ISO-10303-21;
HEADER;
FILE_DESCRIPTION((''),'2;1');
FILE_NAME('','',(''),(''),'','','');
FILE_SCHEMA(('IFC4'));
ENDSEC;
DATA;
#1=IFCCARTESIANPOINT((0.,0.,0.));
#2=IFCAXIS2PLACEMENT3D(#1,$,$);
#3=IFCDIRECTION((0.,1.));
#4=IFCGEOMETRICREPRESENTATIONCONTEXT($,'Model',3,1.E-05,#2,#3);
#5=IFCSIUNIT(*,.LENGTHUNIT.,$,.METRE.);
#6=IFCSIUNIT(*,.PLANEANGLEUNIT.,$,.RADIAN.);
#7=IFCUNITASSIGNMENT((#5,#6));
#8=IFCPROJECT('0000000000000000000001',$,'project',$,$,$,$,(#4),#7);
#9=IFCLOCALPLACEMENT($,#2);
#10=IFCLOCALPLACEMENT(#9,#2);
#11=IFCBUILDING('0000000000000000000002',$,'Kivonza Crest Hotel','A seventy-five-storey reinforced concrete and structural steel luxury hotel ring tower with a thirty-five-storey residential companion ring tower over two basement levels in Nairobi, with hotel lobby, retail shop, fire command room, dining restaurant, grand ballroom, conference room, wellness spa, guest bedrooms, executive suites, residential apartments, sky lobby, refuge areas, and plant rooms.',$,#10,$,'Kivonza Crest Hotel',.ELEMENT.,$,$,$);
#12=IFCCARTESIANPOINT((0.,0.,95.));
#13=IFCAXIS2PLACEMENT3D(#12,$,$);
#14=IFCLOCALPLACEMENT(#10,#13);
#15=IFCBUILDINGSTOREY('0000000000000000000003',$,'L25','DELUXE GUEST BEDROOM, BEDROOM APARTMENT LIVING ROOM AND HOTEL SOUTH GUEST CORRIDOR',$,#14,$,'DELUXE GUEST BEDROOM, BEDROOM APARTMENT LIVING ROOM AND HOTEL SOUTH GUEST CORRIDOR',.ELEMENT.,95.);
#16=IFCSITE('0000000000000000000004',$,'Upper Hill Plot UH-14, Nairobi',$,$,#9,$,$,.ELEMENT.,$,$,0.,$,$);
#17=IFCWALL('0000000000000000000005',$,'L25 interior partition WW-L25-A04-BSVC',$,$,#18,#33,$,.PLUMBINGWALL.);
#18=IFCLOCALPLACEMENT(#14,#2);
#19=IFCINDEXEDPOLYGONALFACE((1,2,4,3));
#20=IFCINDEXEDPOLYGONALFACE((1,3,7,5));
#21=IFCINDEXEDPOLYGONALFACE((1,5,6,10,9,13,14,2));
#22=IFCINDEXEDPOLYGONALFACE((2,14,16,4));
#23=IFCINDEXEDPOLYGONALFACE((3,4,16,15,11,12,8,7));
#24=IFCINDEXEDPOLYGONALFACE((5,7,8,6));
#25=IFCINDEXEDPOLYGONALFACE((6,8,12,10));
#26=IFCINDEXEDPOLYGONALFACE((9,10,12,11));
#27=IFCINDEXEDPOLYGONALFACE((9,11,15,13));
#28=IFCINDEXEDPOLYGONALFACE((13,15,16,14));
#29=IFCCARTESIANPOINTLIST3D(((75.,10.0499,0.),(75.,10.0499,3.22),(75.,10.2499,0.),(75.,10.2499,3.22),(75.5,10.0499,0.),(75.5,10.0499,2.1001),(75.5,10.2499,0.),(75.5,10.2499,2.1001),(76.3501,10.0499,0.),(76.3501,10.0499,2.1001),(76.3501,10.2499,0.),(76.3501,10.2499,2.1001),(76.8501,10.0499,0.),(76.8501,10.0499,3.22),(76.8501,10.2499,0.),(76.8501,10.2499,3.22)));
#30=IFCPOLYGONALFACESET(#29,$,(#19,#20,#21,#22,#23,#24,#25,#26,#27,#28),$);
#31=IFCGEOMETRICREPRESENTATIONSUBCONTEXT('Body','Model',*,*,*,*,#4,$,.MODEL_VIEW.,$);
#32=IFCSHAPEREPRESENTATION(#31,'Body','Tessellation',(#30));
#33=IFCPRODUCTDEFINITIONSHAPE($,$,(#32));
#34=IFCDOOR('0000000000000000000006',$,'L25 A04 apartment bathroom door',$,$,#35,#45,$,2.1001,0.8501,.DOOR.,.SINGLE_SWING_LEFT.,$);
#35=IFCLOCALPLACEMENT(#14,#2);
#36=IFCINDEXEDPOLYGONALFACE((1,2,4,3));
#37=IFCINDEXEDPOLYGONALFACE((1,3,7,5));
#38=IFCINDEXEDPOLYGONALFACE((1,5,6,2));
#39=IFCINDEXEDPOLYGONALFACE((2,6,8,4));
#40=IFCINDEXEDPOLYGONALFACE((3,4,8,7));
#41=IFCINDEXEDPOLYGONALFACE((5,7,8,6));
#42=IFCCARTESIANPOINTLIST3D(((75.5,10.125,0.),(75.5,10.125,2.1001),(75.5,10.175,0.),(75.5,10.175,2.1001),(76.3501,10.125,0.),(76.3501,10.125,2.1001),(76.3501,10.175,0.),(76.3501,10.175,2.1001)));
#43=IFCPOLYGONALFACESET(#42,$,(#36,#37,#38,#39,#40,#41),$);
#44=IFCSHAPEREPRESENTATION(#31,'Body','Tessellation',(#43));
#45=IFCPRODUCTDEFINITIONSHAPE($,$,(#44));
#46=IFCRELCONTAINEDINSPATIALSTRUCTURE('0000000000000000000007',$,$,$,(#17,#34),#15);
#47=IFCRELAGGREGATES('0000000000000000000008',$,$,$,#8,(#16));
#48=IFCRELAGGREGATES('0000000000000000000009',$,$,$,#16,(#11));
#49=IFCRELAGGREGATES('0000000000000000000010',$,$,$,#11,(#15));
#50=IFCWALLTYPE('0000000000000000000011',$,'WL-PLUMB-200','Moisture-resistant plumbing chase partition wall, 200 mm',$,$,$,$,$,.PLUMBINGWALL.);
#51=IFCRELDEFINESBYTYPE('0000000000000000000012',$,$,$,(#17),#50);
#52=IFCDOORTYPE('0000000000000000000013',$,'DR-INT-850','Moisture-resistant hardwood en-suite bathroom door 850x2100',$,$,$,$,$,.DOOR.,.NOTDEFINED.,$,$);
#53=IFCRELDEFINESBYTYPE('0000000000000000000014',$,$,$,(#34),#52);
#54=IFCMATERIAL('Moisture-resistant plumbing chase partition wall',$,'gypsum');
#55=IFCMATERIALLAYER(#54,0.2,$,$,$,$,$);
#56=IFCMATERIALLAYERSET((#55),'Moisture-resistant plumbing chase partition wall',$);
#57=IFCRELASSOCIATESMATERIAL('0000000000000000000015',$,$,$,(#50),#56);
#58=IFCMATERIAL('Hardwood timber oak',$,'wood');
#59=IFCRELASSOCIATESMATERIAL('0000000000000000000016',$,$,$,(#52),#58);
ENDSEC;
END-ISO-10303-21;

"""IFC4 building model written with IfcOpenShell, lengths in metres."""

from ifc_helpers import new_model, si_unit, direction, frame, frame_2d, origin, place, context, subcontext, project, spatial, rectangle, extrude, material, layer, layer_set, type_object, element, fill, save


model = new_model("IFC4")

# Units and contexts
model_context = context("Model", 3, precision=1e-05, world=origin(), true_north=direction((0.0, 1.0)))
body_context = subcontext(model_context, "Body", "Model", "MODEL_VIEW")
ifc_project = project(units=[si_unit("LENGTHUNIT", "METRE"), si_unit("PLANEANGLEUNIT", "RADIAN")], contexts=[model_context])

# Site, building, storey
site_placement = place(None, origin())
site = spatial("IfcSite", under=ifc_project, at=site_placement, Name="Upper Hill Plot UH-14, Nairobi", CompositionType="ELEMENT", RefElevation=0.0)
building_placement = place(site_placement, origin())
building = spatial("IfcBuilding", under=site, at=building_placement, Name="Kivonza Crest Hotel", Description="A seventy-five-storey reinforced concrete and structural steel luxury hotel ring tower with a thirty-five-storey residential companion ring tower over two basement levels in Nairobi, with hotel lobby, retail shop, fire command room, dining restaurant, grand ballroom, conference room, wellness spa, guest bedrooms, executive suites, residential apartments, sky lobby, refuge areas, and plant rooms.", LongName="Kivonza Crest Hotel", CompositionType="ELEMENT")
storey_placement = place(building_placement, frame((0.0, 0.0, 95.0)))
storey = spatial("IfcBuildingStorey", under=building, at=storey_placement, Name="L25", Description="DELUXE GUEST BEDROOM, BEDROOM APARTMENT LIVING ROOM AND HOTEL SOUTH GUEST CORRIDOR", LongName="DELUXE GUEST BEDROOM, BEDROOM APARTMENT LIVING ROOM AND HOTEL SOUTH GUEST CORRIDOR", CompositionType="ELEMENT", Elevation=95.0)

# Shared definitions
ifc_material_1 = material(Name="Hardwood timber oak", Category="wood")

# Shared definitions
ifc_material_2 = material(Name="Moisture-resistant plumbing chase partition wall", Category="gypsum")
ifc_layer_1 = layer(ifc_material_2, 0.2)
ifc_layer_set_1 = layer_set([ifc_layer_1], Name="Moisture-resistant plumbing chase partition wall")
wall_type_1 = type_object("IfcWallType", Name="WL-PLUMB-200", Description="Moisture-resistant plumbing chase partition wall, 200 mm", PredefinedType="PLUMBINGWALL", material=ifc_layer_set_1)

# Wall, opening, door
wall_1_placement = place(storey_placement, frame((75.0, 10.1499, 0.0), z_axis=(0.0, 0.0, 1.0), x_axis=(1.0, 0.0, 0.0)))
wall_1 = element("IfcWall", 1, at=wall_1_placement, inside=storey, type_object=wall_type_1, Name="L25 interior partition WW-L25-A04-BSVC", PredefinedType="PLUMBINGWALL", context=body_context, shape_type="SweptSolid", body=[
    extrude(rectangle(XDim=1.8501, YDim=0.2, at=frame_2d((0.925, 0.0))), origin(), (0.0, 0.0, 1.0), 3.22),
])
opening_1_placement = place(wall_1_placement, frame((0.5, 0.0, 0.0)))
opening_1 = element("IfcOpeningElement", 2, at=opening_1_placement, cuts=wall_1, PredefinedType="OPENING", context=body_context, shape_type="SweptSolid", body=[
    extrude(rectangle(XDim=0.8501, YDim=2.1001, at=frame_2d((0.425, 1.05))), frame((0.0, 0.1099, 0.0), z_axis=(0.0, -1.0, 0.0), x_axis=(1.0, 0.0, 0.0)), (0.0, 0.0, 1.0), 0.22),
])
door_type_1 = type_object("IfcDoorType", Name="DR-INT-850", Description="Moisture-resistant hardwood en-suite bathroom door 850x2100", OperationType="NOTDEFINED", PredefinedType="DOOR", material=ifc_material_1)
door_1_placement = place(opening_1_placement, frame((0.8501, 0.0, 0.0), z_axis=(0.0, 0.0, 1.0), x_axis=(-1.0, 0.0, 0.0)))
door_1 = element("IfcDoor", 3, at=door_1_placement, inside=storey, type_object=door_type_1, Name="L25 A04 apartment bathroom door", OperationType="SINGLE_SWING_LEFT", OverallHeight=2.1001, OverallWidth=0.8501, PredefinedType="DOOR", context=body_context, shape_type="SweptSolid", body=[
    extrude(rectangle(XDim=0.8501, YDim=2.1001, at=frame_2d((0.425, 1.05))), frame((0.0, 0.0249, 0.0), z_axis=(0.0, -1.0, 0.0), x_axis=(1.0, 0.0, 0.0)), (0.0, 0.0, 1.0), 0.05),
])
fill(opening_1, door_1)

save(model, "model.ifc")
